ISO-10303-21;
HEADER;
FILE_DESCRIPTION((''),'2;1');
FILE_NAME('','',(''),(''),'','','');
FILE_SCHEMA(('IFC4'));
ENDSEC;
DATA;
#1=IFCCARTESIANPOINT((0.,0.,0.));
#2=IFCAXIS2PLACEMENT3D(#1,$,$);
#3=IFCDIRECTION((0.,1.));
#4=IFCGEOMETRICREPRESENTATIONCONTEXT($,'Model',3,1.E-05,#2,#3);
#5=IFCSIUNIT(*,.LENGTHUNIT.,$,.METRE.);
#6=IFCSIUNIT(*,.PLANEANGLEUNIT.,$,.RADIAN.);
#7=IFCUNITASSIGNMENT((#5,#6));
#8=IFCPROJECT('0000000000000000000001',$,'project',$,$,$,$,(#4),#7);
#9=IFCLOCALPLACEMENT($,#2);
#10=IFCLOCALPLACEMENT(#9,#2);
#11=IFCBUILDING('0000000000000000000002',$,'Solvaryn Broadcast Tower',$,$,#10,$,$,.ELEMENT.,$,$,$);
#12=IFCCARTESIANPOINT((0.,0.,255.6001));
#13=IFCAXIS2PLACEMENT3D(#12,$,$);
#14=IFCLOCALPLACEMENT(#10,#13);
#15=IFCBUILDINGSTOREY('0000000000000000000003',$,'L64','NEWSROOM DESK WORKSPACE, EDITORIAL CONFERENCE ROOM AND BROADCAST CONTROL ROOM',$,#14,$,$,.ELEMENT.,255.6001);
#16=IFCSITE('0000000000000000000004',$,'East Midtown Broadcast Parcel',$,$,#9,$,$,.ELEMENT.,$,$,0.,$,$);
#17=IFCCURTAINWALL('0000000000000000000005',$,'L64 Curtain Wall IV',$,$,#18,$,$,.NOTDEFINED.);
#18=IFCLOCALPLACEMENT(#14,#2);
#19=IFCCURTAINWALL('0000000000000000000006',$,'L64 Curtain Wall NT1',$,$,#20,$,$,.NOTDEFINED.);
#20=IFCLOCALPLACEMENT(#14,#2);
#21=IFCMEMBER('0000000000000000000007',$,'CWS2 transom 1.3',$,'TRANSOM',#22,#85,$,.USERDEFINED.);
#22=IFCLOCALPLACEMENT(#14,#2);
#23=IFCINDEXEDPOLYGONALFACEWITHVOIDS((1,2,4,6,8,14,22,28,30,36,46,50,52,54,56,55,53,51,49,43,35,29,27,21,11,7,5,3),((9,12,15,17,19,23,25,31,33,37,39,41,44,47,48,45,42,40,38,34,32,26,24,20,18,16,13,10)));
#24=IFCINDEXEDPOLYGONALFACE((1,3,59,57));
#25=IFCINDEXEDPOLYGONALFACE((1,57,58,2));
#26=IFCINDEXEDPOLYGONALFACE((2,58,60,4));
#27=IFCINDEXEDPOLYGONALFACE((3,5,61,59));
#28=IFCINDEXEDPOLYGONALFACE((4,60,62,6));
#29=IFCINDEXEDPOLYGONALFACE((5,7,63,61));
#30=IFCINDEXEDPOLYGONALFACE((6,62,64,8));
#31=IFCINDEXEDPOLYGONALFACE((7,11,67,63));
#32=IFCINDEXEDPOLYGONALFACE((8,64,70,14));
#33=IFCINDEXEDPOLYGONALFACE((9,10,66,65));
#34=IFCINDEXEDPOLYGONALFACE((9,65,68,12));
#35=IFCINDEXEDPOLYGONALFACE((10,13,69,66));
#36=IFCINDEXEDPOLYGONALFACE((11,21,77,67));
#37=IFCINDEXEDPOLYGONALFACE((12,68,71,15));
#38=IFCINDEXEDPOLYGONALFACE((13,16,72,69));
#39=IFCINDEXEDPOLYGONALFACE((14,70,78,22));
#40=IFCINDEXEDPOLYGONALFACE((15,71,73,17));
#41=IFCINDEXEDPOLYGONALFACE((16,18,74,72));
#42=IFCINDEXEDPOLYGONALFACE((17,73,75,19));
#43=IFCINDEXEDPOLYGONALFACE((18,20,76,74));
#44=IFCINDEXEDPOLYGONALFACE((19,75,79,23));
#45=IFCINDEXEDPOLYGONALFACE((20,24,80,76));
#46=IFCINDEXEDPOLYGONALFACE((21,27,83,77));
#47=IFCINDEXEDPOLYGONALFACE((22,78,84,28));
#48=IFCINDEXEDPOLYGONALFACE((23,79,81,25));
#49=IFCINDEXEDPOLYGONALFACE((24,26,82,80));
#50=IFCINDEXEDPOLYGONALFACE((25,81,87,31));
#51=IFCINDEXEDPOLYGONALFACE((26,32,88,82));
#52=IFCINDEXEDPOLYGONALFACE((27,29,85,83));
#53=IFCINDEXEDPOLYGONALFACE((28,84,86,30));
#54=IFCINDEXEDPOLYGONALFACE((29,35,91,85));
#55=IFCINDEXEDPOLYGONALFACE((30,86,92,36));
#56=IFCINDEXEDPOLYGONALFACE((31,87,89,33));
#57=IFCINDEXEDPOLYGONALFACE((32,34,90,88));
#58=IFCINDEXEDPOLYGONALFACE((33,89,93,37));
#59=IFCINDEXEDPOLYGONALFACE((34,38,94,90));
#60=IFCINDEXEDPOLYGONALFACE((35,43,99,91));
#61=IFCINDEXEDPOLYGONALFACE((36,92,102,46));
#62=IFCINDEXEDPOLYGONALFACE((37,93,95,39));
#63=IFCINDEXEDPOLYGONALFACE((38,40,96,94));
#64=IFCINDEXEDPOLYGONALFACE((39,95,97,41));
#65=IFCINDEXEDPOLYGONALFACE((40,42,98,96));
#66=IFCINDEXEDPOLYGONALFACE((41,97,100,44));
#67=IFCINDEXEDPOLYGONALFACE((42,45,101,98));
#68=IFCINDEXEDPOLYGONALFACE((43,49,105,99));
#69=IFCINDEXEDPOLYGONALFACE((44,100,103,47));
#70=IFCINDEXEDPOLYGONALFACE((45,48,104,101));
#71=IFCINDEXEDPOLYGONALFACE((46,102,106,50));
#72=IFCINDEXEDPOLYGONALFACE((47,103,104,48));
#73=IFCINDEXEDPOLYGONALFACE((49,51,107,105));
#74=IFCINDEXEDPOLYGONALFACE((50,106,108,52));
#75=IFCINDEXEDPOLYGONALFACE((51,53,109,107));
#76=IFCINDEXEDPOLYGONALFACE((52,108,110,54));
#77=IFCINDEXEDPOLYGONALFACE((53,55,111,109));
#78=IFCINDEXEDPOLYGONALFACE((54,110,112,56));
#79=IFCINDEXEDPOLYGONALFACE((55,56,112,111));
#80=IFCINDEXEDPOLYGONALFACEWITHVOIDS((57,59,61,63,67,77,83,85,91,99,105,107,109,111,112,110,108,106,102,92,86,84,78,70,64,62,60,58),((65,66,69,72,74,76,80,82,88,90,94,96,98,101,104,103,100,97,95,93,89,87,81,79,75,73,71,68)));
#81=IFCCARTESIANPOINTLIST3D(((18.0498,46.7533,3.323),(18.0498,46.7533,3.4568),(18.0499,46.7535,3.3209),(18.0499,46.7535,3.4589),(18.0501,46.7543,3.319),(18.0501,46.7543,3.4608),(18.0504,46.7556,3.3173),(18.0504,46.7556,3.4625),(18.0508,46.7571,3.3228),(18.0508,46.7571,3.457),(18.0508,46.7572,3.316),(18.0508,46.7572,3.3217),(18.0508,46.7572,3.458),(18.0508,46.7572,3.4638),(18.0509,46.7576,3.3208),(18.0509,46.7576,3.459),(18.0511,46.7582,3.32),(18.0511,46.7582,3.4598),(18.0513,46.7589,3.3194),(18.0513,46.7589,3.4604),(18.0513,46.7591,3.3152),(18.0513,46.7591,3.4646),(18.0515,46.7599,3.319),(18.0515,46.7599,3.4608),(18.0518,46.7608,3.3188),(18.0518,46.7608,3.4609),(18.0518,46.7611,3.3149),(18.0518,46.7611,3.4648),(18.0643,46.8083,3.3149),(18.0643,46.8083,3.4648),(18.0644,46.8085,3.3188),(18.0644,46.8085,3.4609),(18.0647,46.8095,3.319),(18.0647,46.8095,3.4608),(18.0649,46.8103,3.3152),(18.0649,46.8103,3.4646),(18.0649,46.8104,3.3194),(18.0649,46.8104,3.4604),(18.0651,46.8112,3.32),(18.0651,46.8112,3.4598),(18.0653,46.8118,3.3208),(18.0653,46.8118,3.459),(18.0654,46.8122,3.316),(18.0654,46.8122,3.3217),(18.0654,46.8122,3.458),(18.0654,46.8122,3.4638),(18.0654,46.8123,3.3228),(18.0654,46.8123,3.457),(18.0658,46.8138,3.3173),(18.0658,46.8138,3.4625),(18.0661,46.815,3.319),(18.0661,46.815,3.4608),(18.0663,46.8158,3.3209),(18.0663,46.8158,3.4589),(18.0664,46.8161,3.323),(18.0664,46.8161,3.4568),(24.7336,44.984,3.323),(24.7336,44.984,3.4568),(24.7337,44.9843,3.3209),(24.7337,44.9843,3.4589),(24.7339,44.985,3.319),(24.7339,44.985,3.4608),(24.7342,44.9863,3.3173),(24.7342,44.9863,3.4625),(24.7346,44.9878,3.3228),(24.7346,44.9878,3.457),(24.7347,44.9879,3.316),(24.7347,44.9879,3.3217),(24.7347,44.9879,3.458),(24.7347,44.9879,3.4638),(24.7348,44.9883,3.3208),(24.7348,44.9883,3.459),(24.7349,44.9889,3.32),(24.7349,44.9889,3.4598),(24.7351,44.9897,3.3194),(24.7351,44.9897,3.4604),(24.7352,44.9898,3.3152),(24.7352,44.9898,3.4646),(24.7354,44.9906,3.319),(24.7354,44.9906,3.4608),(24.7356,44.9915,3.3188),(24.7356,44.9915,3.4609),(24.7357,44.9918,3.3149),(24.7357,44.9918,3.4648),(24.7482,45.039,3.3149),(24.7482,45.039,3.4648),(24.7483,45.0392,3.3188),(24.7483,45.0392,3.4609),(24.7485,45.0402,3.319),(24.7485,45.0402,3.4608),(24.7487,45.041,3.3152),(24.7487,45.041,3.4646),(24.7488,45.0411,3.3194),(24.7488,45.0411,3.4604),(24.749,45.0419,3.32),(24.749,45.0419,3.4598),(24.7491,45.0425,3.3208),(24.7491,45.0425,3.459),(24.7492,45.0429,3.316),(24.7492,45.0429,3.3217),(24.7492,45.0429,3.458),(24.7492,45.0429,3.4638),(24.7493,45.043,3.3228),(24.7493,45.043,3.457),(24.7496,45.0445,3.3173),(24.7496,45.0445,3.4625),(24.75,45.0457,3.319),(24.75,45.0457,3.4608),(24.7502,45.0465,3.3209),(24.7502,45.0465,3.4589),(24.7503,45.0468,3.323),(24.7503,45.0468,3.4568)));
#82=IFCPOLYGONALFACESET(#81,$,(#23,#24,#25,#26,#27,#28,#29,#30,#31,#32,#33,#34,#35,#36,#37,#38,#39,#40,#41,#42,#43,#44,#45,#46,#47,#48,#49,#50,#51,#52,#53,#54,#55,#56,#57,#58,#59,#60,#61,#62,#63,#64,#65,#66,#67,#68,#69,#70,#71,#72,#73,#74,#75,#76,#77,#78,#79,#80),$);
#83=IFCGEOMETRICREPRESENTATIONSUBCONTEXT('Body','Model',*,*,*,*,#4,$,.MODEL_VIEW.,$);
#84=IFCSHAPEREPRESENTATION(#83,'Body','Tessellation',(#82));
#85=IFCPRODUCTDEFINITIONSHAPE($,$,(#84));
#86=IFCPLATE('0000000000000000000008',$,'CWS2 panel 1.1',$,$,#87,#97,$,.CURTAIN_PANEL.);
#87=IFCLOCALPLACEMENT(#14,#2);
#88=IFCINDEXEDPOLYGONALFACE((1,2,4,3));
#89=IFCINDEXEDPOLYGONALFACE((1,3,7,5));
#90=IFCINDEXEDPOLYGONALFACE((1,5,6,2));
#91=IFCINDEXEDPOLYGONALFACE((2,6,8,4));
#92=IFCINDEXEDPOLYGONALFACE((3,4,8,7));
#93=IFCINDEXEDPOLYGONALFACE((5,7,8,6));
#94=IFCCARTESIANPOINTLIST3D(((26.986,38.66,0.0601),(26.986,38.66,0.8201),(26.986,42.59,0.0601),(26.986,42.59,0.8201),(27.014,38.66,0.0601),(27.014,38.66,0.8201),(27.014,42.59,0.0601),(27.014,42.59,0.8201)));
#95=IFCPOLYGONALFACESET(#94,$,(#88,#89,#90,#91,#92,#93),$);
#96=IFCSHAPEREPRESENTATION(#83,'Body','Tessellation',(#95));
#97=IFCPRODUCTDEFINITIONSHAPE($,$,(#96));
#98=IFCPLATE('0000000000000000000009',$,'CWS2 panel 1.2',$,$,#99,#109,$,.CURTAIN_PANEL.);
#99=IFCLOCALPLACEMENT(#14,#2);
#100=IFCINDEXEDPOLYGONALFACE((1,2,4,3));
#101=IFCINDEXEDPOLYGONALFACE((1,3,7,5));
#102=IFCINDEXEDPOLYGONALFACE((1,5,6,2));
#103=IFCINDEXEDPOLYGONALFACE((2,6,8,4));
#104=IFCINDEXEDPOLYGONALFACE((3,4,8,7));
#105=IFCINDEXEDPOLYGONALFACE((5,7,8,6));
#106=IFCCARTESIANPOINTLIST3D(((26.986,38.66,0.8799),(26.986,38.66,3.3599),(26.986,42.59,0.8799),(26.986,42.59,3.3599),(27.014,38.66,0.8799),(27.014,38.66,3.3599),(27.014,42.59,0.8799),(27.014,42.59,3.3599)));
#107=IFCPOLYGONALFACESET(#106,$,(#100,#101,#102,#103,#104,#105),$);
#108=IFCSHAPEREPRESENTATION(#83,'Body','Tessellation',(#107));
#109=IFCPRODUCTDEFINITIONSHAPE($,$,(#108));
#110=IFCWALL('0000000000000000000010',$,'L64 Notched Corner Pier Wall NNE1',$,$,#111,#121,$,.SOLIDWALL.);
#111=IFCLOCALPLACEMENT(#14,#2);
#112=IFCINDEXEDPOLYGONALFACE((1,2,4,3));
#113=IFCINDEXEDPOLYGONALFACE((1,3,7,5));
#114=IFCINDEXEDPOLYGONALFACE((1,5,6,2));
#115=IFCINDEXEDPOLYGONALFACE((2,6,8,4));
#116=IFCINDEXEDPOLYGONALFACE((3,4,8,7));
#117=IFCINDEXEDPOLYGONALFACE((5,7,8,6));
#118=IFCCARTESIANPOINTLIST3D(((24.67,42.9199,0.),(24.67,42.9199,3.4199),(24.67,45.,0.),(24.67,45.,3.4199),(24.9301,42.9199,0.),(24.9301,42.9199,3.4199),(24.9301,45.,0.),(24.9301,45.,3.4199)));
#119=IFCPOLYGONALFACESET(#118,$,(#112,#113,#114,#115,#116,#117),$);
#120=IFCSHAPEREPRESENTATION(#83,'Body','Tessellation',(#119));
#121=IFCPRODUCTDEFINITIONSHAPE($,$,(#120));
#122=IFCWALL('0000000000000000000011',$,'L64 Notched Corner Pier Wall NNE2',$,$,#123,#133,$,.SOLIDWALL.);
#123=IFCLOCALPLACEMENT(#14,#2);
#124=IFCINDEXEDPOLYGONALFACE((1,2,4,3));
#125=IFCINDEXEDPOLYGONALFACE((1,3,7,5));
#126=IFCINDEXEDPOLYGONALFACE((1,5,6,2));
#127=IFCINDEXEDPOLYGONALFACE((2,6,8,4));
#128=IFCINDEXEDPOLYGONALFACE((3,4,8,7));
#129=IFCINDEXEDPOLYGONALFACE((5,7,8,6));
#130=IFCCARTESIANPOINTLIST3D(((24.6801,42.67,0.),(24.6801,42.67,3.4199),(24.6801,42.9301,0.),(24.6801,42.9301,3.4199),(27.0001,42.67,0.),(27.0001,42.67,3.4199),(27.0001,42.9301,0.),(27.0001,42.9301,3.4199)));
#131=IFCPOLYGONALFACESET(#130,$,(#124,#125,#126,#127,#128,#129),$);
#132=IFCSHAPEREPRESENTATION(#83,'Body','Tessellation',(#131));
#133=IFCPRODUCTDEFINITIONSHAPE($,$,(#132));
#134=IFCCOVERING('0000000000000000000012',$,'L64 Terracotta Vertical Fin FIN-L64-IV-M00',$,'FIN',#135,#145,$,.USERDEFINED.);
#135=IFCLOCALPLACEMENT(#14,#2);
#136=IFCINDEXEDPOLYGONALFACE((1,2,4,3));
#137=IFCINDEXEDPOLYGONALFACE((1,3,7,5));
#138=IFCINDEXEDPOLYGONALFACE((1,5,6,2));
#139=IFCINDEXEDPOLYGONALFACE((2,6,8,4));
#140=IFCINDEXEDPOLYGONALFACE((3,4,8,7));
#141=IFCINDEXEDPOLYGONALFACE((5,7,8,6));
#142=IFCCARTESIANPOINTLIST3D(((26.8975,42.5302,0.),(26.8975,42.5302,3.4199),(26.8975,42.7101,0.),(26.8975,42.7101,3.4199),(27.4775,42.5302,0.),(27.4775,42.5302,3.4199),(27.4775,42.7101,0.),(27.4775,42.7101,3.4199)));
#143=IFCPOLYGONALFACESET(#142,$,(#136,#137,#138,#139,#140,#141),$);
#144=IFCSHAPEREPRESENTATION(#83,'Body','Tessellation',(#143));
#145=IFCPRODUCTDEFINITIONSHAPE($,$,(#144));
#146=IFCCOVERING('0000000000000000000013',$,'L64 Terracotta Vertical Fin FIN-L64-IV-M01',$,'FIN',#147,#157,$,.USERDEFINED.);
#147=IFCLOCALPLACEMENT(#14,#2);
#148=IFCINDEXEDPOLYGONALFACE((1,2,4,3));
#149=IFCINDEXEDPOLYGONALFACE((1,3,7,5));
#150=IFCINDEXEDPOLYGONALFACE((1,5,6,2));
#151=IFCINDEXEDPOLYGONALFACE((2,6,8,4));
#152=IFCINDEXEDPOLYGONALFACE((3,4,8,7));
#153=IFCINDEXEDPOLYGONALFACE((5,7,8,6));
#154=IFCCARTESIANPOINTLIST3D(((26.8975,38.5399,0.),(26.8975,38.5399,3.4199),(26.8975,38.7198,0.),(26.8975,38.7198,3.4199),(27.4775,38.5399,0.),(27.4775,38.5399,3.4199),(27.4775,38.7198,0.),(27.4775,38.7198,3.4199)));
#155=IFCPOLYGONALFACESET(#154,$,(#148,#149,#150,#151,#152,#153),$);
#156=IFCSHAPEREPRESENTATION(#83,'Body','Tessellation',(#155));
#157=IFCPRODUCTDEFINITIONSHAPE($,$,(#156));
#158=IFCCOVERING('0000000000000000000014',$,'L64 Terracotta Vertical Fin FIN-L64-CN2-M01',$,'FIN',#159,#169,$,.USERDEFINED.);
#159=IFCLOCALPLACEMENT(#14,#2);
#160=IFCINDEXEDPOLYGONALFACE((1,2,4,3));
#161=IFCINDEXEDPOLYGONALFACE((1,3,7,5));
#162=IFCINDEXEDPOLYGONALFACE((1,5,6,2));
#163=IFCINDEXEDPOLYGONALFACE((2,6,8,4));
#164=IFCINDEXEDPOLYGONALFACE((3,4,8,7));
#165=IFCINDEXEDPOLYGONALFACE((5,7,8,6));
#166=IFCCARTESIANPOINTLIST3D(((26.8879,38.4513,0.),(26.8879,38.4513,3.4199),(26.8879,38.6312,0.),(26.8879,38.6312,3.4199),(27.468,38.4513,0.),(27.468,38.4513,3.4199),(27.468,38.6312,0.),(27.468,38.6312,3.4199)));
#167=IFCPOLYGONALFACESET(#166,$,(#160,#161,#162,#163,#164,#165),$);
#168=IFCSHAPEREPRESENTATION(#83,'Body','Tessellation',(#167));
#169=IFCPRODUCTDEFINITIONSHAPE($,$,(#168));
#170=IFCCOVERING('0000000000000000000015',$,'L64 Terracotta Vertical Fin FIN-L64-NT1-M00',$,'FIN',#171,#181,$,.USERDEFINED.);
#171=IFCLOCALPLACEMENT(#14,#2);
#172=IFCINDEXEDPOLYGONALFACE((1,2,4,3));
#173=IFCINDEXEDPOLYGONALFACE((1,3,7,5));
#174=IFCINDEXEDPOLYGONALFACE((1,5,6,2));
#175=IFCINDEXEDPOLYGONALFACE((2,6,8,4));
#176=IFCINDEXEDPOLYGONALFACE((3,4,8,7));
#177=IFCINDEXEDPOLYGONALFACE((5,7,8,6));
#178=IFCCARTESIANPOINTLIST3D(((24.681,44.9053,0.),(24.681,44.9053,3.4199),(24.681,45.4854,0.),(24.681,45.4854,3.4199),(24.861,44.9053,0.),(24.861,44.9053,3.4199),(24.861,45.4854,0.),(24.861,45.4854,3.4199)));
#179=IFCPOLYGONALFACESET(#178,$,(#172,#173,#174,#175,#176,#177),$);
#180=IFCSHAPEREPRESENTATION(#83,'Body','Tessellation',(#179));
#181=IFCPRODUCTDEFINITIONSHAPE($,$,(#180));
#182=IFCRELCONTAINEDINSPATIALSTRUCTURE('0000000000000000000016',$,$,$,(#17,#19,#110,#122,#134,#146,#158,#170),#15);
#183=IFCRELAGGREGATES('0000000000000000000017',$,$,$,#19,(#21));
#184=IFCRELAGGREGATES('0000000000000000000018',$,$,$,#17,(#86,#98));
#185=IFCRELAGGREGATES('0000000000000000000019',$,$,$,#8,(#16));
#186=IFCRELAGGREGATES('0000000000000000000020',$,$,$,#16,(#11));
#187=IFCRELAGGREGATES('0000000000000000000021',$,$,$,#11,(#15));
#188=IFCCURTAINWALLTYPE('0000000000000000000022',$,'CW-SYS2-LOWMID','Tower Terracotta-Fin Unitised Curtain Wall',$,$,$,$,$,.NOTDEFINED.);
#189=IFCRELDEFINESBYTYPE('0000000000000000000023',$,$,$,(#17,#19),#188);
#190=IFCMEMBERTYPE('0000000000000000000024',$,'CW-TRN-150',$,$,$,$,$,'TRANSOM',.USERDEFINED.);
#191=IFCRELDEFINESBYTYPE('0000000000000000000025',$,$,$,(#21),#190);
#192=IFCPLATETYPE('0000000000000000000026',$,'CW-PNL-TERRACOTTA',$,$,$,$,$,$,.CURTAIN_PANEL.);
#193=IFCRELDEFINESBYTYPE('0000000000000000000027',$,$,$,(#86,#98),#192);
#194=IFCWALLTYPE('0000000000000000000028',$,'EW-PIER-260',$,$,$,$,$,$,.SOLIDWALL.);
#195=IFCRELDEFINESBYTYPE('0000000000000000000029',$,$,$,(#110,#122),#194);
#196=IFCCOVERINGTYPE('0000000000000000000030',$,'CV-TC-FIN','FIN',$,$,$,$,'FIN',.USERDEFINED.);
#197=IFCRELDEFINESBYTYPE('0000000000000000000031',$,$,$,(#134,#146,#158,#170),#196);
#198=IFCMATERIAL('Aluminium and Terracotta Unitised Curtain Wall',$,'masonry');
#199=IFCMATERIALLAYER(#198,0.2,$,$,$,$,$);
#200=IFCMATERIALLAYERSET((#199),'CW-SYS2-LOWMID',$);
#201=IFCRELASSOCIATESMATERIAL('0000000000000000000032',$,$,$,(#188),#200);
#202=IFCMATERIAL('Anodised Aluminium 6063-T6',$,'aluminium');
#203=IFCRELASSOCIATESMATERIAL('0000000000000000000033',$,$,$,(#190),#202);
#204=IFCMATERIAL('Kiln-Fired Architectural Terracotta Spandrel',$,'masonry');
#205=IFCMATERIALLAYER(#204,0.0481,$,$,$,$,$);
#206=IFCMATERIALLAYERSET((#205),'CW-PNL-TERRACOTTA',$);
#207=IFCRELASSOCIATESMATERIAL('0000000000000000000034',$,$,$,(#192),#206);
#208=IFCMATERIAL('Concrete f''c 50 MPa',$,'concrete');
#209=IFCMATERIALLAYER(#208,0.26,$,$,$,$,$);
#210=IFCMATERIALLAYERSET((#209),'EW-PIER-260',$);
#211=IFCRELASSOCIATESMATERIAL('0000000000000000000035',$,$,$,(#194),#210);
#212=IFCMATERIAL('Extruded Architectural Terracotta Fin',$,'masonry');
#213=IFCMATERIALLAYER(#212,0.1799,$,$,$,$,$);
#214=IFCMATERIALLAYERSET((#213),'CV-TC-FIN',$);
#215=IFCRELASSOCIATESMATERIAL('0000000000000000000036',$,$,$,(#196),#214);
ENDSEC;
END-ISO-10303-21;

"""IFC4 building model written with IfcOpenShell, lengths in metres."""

from ifc_helpers import new_model, si_unit, direction, frame, frame_2d, origin, origin_2d, place, context, subcontext, project, spatial, rectangle, hollow_rectangle, extrude, material, layer, layer_set, material_profile, profile_set, type_object, element, aggregate, save


model = new_model("IFC4")

# Units and contexts
model_context = context("Model", 3, precision=1e-05, world=origin(), true_north=direction((0.0, 1.0)))
body_context = subcontext(model_context, "Body", "Model", "MODEL_VIEW")
ifc_project = project(units=[si_unit("LENGTHUNIT", "METRE"), si_unit("PLANEANGLEUNIT", "RADIAN")], contexts=[model_context])

# Site, building, storey
site_placement = place(None, origin())
site = spatial("IfcSite", under=ifc_project, at=site_placement, Name="East Midtown Broadcast Parcel", CompositionType="ELEMENT", RefElevation=0.0)
building_placement = place(site_placement, origin())
building = spatial("IfcBuilding", under=site, at=building_placement, Name="Solvaryn Broadcast Tower", CompositionType="ELEMENT")
storey_placement = place(building_placement, frame((0.0, 0.0, 255.6001)))
storey = spatial("IfcBuildingStorey", under=building, at=storey_placement, Name="L64", Description="NEWSROOM DESK WORKSPACE, EDITORIAL CONFERENCE ROOM AND BROADCAST CONTROL ROOM", CompositionType="ELEMENT", Elevation=255.6001)

# Curtain wall
ifc_material_1 = material(Name="Aluminium and Terracotta Unitised Curtain Wall", Category="masonry")
ifc_layer_1 = layer(ifc_material_1, 0.2)
ifc_layer_set_1 = layer_set([ifc_layer_1], Name="CW-SYS2-LOWMID")
curtain_wall_type = type_object("IfcCurtainWallType", Name="CW-SYS2-LOWMID", Description="Tower Terracotta-Fin Unitised Curtain Wall", PredefinedType="NOTDEFINED", material=ifc_layer_set_1)
curtain_wall_1_placement = place(storey_placement, origin())
curtain_wall_1 = element("IfcCurtainWall", 1, at=curtain_wall_1_placement, inside=storey, type_object=curtain_wall_type, Name="L64 Curtain Wall IV", PredefinedType="NOTDEFINED")

# Curtain wall
curtain_wall_2_placement = place(storey_placement, origin())
curtain_wall_2 = element("IfcCurtainWall", 2, at=curtain_wall_2_placement, inside=storey, type_object=curtain_wall_type, Name="L64 Curtain Wall NT1", PredefinedType="NOTDEFINED")

# Member
ifc_material_2 = material(Name="Anodised Aluminium 6063-T6", Category="aluminium")
ifc_material_profile_1 = material_profile(ifc_material_2, hollow_rectangle(XDim=0.0649, YDim=0.1499, WallThickness=0.0039, InnerFilletRadius=0.0039, OuterFilletRadius=0.0081, at=origin_2d()))
ifc_profile_set_1 = profile_set([ifc_material_profile_1], Name="Anodised Aluminium 6063-T6")
member_type_1 = type_object("IfcMemberType", Name="CW-TRN-150", ElementType="TRANSOM", PredefinedType="USERDEFINED", material=ifc_profile_set_1)
member_1_placement = place(storey_placement, frame((24.7419, 45.0154, 3.3899), z_axis=(-0.966704, 0.255897, 0.0), x_axis=(-0.255897, -0.966704, 0.0)))
member_1 = element("IfcMember", 3, at=member_1_placement, type_object=member_type_1, Name="CWS2 transom 1.3", ObjectType="TRANSOM", PredefinedType="USERDEFINED", context=body_context, shape_type="SweptSolid", body=[
    extrude(hollow_rectangle(XDim=0.0649, YDim=0.1499, WallThickness=0.0039, InnerFilletRadius=0.0039, OuterFilletRadius=0.0081, at=origin_2d()), origin(), (0.0, 0.0, 1.0), 6.9141),
])
aggregate(curtain_wall_2, [member_1])

# Plates
ifc_material_3 = material(Name="Kiln-Fired Architectural Terracotta Spandrel", Category="masonry")
ifc_layer_2 = layer(ifc_material_3, 0.0481)
ifc_layer_set_2 = layer_set([ifc_layer_2], Name="CW-PNL-TERRACOTTA")
plate_type = type_object("IfcPlateType", Name="CW-PNL-TERRACOTTA", PredefinedType="CURTAIN_PANEL", material=ifc_layer_set_2)
plate_1_placement = place(storey_placement, frame((27.0, 40.625, 0.0601), z_axis=(0.0, 0.0, 1.0), x_axis=(0.0, -1.0, 0.0)))
plate_1 = element("IfcPlate", 4, at=plate_1_placement, type_object=plate_type, Name="CWS2 panel 1.1", PredefinedType="CURTAIN_PANEL", context=body_context, shape_type="SweptSolid", body=[
    extrude(rectangle(XDim=3.9299, YDim=0.0281, at=origin_2d()), origin(), (0.0, 0.0, 1.0), 0.76),
])
plate_2_placement = place(storey_placement, frame((27.0, 40.625, 0.8799), z_axis=(0.0, 0.0, 1.0), x_axis=(0.0, -1.0, 0.0)))
plate_2 = element("IfcPlate", 5, at=plate_2_placement, type_object=plate_type, Name="CWS2 panel 1.2", PredefinedType="CURTAIN_PANEL", context=body_context, shape_type="SweptSolid", body=[
    extrude(rectangle(XDim=3.9299, YDim=0.0281, at=origin_2d()), origin(), (0.0, 0.0, 1.0), 2.48),
])
aggregate(curtain_wall_1, [plate_1, plate_2])

# Walls
ifc_material_4 = material(Name="Concrete f'c 50 MPa", Category="concrete")
ifc_layer_3 = layer(ifc_material_4, 0.26)
ifc_layer_set_3 = layer_set([ifc_layer_3], Name="EW-PIER-260")
wall_type_1 = type_object("IfcWallType", Name="EW-PIER-260", PredefinedType="SOLIDWALL", material=ifc_layer_set_3)
wall_1_placement = place(storey_placement, frame((24.8, 45.0, 0.0), z_axis=(0.0, 0.0, 1.0), x_axis=(0.0, -1.0, 0.0)))
element("IfcWall", 6, at=wall_1_placement, inside=storey, type_object=wall_type_1, Name="L64 Notched Corner Pier Wall NNE1", PredefinedType="SOLIDWALL", context=body_context, shape_type="SweptSolid", body=[
    extrude(rectangle(XDim=2.0801, YDim=0.26, at=frame_2d((1.04, 0.0))), origin(), (0.0, 0.0, 1.0), 3.4199),
])
wall_2_placement = place(storey_placement, frame((24.6799, 42.8, 0.0), z_axis=(0.0, 0.0, 1.0), x_axis=(1.0, 0.0, 0.0)))
element("IfcWall", 7, at=wall_2_placement, inside=storey, type_object=wall_type_1, Name="L64 Notched Corner Pier Wall NNE2", PredefinedType="SOLIDWALL", context=body_context, shape_type="SweptSolid", body=[
    extrude(rectangle(XDim=2.3201, YDim=0.26, at=frame_2d((1.1602, 0.0))), origin(), (0.0, 0.0, 1.0), 3.4199),
])

# Coverings
ifc_material_5 = material(Name="Extruded Architectural Terracotta Fin", Category="masonry")
ifc_layer_4 = layer(ifc_material_5, 0.1799)
ifc_layer_set_4 = layer_set([ifc_layer_4], Name="CV-TC-FIN")
covering_type = type_object("IfcCoveringType", Name="CV-TC-FIN", Description="FIN", ElementType="FIN", PredefinedType="USERDEFINED", material=ifc_layer_set_4)
for number, where, z_axis, x_axis, name in (
    (8, (27.1875, 42.6201, 0.0), (0.0, 0.0, 1.0), (1.0, 0.0, 0.0), "L64 Terracotta Vertical Fin FIN-L64-IV-M00"),
    (9, (27.1875, 38.6299, 0.0), (0.0, 0.0, 1.0), (1.0, 0.0, 0.0), "L64 Terracotta Vertical Fin FIN-L64-IV-M01"),
    (10, (27.178, 38.5413, 0.0), (0.0, 0.0, 1.0), (1.0, 0.0, 0.0), "L64 Terracotta Vertical Fin FIN-L64-CN2-M01"),
):
    element("IfcCovering", number, at=place(storey_placement, frame(where, z_axis=z_axis, x_axis=x_axis)), inside=storey, type_object=covering_type, Name=name, ObjectType="FIN", PredefinedType="USERDEFINED", context=body_context, shape_type="SweptSolid", body=[
        extrude(rectangle(XDim=0.5801, YDim=0.1799, at=origin_2d()), origin(), (0.0, 0.0, 1.0), 3.4199),
    ])
covering_placement = place(storey_placement, frame((24.771, 45.1953, 0.0), z_axis=(0.0, 0.0, 1.0), x_axis=(1.0, 0.0, 0.0)))
element("IfcCovering", 11, at=covering_placement, inside=storey, type_object=covering_type, Name="L64 Terracotta Vertical Fin FIN-L64-NT1-M00", ObjectType="FIN", PredefinedType="USERDEFINED", context=body_context, shape_type="SweptSolid", body=[
    extrude(rectangle(XDim=0.1799, YDim=0.5801, at=origin_2d()), origin(), (0.0, 0.0, 1.0), 3.4199),
])

save(model, "model.ifc")
